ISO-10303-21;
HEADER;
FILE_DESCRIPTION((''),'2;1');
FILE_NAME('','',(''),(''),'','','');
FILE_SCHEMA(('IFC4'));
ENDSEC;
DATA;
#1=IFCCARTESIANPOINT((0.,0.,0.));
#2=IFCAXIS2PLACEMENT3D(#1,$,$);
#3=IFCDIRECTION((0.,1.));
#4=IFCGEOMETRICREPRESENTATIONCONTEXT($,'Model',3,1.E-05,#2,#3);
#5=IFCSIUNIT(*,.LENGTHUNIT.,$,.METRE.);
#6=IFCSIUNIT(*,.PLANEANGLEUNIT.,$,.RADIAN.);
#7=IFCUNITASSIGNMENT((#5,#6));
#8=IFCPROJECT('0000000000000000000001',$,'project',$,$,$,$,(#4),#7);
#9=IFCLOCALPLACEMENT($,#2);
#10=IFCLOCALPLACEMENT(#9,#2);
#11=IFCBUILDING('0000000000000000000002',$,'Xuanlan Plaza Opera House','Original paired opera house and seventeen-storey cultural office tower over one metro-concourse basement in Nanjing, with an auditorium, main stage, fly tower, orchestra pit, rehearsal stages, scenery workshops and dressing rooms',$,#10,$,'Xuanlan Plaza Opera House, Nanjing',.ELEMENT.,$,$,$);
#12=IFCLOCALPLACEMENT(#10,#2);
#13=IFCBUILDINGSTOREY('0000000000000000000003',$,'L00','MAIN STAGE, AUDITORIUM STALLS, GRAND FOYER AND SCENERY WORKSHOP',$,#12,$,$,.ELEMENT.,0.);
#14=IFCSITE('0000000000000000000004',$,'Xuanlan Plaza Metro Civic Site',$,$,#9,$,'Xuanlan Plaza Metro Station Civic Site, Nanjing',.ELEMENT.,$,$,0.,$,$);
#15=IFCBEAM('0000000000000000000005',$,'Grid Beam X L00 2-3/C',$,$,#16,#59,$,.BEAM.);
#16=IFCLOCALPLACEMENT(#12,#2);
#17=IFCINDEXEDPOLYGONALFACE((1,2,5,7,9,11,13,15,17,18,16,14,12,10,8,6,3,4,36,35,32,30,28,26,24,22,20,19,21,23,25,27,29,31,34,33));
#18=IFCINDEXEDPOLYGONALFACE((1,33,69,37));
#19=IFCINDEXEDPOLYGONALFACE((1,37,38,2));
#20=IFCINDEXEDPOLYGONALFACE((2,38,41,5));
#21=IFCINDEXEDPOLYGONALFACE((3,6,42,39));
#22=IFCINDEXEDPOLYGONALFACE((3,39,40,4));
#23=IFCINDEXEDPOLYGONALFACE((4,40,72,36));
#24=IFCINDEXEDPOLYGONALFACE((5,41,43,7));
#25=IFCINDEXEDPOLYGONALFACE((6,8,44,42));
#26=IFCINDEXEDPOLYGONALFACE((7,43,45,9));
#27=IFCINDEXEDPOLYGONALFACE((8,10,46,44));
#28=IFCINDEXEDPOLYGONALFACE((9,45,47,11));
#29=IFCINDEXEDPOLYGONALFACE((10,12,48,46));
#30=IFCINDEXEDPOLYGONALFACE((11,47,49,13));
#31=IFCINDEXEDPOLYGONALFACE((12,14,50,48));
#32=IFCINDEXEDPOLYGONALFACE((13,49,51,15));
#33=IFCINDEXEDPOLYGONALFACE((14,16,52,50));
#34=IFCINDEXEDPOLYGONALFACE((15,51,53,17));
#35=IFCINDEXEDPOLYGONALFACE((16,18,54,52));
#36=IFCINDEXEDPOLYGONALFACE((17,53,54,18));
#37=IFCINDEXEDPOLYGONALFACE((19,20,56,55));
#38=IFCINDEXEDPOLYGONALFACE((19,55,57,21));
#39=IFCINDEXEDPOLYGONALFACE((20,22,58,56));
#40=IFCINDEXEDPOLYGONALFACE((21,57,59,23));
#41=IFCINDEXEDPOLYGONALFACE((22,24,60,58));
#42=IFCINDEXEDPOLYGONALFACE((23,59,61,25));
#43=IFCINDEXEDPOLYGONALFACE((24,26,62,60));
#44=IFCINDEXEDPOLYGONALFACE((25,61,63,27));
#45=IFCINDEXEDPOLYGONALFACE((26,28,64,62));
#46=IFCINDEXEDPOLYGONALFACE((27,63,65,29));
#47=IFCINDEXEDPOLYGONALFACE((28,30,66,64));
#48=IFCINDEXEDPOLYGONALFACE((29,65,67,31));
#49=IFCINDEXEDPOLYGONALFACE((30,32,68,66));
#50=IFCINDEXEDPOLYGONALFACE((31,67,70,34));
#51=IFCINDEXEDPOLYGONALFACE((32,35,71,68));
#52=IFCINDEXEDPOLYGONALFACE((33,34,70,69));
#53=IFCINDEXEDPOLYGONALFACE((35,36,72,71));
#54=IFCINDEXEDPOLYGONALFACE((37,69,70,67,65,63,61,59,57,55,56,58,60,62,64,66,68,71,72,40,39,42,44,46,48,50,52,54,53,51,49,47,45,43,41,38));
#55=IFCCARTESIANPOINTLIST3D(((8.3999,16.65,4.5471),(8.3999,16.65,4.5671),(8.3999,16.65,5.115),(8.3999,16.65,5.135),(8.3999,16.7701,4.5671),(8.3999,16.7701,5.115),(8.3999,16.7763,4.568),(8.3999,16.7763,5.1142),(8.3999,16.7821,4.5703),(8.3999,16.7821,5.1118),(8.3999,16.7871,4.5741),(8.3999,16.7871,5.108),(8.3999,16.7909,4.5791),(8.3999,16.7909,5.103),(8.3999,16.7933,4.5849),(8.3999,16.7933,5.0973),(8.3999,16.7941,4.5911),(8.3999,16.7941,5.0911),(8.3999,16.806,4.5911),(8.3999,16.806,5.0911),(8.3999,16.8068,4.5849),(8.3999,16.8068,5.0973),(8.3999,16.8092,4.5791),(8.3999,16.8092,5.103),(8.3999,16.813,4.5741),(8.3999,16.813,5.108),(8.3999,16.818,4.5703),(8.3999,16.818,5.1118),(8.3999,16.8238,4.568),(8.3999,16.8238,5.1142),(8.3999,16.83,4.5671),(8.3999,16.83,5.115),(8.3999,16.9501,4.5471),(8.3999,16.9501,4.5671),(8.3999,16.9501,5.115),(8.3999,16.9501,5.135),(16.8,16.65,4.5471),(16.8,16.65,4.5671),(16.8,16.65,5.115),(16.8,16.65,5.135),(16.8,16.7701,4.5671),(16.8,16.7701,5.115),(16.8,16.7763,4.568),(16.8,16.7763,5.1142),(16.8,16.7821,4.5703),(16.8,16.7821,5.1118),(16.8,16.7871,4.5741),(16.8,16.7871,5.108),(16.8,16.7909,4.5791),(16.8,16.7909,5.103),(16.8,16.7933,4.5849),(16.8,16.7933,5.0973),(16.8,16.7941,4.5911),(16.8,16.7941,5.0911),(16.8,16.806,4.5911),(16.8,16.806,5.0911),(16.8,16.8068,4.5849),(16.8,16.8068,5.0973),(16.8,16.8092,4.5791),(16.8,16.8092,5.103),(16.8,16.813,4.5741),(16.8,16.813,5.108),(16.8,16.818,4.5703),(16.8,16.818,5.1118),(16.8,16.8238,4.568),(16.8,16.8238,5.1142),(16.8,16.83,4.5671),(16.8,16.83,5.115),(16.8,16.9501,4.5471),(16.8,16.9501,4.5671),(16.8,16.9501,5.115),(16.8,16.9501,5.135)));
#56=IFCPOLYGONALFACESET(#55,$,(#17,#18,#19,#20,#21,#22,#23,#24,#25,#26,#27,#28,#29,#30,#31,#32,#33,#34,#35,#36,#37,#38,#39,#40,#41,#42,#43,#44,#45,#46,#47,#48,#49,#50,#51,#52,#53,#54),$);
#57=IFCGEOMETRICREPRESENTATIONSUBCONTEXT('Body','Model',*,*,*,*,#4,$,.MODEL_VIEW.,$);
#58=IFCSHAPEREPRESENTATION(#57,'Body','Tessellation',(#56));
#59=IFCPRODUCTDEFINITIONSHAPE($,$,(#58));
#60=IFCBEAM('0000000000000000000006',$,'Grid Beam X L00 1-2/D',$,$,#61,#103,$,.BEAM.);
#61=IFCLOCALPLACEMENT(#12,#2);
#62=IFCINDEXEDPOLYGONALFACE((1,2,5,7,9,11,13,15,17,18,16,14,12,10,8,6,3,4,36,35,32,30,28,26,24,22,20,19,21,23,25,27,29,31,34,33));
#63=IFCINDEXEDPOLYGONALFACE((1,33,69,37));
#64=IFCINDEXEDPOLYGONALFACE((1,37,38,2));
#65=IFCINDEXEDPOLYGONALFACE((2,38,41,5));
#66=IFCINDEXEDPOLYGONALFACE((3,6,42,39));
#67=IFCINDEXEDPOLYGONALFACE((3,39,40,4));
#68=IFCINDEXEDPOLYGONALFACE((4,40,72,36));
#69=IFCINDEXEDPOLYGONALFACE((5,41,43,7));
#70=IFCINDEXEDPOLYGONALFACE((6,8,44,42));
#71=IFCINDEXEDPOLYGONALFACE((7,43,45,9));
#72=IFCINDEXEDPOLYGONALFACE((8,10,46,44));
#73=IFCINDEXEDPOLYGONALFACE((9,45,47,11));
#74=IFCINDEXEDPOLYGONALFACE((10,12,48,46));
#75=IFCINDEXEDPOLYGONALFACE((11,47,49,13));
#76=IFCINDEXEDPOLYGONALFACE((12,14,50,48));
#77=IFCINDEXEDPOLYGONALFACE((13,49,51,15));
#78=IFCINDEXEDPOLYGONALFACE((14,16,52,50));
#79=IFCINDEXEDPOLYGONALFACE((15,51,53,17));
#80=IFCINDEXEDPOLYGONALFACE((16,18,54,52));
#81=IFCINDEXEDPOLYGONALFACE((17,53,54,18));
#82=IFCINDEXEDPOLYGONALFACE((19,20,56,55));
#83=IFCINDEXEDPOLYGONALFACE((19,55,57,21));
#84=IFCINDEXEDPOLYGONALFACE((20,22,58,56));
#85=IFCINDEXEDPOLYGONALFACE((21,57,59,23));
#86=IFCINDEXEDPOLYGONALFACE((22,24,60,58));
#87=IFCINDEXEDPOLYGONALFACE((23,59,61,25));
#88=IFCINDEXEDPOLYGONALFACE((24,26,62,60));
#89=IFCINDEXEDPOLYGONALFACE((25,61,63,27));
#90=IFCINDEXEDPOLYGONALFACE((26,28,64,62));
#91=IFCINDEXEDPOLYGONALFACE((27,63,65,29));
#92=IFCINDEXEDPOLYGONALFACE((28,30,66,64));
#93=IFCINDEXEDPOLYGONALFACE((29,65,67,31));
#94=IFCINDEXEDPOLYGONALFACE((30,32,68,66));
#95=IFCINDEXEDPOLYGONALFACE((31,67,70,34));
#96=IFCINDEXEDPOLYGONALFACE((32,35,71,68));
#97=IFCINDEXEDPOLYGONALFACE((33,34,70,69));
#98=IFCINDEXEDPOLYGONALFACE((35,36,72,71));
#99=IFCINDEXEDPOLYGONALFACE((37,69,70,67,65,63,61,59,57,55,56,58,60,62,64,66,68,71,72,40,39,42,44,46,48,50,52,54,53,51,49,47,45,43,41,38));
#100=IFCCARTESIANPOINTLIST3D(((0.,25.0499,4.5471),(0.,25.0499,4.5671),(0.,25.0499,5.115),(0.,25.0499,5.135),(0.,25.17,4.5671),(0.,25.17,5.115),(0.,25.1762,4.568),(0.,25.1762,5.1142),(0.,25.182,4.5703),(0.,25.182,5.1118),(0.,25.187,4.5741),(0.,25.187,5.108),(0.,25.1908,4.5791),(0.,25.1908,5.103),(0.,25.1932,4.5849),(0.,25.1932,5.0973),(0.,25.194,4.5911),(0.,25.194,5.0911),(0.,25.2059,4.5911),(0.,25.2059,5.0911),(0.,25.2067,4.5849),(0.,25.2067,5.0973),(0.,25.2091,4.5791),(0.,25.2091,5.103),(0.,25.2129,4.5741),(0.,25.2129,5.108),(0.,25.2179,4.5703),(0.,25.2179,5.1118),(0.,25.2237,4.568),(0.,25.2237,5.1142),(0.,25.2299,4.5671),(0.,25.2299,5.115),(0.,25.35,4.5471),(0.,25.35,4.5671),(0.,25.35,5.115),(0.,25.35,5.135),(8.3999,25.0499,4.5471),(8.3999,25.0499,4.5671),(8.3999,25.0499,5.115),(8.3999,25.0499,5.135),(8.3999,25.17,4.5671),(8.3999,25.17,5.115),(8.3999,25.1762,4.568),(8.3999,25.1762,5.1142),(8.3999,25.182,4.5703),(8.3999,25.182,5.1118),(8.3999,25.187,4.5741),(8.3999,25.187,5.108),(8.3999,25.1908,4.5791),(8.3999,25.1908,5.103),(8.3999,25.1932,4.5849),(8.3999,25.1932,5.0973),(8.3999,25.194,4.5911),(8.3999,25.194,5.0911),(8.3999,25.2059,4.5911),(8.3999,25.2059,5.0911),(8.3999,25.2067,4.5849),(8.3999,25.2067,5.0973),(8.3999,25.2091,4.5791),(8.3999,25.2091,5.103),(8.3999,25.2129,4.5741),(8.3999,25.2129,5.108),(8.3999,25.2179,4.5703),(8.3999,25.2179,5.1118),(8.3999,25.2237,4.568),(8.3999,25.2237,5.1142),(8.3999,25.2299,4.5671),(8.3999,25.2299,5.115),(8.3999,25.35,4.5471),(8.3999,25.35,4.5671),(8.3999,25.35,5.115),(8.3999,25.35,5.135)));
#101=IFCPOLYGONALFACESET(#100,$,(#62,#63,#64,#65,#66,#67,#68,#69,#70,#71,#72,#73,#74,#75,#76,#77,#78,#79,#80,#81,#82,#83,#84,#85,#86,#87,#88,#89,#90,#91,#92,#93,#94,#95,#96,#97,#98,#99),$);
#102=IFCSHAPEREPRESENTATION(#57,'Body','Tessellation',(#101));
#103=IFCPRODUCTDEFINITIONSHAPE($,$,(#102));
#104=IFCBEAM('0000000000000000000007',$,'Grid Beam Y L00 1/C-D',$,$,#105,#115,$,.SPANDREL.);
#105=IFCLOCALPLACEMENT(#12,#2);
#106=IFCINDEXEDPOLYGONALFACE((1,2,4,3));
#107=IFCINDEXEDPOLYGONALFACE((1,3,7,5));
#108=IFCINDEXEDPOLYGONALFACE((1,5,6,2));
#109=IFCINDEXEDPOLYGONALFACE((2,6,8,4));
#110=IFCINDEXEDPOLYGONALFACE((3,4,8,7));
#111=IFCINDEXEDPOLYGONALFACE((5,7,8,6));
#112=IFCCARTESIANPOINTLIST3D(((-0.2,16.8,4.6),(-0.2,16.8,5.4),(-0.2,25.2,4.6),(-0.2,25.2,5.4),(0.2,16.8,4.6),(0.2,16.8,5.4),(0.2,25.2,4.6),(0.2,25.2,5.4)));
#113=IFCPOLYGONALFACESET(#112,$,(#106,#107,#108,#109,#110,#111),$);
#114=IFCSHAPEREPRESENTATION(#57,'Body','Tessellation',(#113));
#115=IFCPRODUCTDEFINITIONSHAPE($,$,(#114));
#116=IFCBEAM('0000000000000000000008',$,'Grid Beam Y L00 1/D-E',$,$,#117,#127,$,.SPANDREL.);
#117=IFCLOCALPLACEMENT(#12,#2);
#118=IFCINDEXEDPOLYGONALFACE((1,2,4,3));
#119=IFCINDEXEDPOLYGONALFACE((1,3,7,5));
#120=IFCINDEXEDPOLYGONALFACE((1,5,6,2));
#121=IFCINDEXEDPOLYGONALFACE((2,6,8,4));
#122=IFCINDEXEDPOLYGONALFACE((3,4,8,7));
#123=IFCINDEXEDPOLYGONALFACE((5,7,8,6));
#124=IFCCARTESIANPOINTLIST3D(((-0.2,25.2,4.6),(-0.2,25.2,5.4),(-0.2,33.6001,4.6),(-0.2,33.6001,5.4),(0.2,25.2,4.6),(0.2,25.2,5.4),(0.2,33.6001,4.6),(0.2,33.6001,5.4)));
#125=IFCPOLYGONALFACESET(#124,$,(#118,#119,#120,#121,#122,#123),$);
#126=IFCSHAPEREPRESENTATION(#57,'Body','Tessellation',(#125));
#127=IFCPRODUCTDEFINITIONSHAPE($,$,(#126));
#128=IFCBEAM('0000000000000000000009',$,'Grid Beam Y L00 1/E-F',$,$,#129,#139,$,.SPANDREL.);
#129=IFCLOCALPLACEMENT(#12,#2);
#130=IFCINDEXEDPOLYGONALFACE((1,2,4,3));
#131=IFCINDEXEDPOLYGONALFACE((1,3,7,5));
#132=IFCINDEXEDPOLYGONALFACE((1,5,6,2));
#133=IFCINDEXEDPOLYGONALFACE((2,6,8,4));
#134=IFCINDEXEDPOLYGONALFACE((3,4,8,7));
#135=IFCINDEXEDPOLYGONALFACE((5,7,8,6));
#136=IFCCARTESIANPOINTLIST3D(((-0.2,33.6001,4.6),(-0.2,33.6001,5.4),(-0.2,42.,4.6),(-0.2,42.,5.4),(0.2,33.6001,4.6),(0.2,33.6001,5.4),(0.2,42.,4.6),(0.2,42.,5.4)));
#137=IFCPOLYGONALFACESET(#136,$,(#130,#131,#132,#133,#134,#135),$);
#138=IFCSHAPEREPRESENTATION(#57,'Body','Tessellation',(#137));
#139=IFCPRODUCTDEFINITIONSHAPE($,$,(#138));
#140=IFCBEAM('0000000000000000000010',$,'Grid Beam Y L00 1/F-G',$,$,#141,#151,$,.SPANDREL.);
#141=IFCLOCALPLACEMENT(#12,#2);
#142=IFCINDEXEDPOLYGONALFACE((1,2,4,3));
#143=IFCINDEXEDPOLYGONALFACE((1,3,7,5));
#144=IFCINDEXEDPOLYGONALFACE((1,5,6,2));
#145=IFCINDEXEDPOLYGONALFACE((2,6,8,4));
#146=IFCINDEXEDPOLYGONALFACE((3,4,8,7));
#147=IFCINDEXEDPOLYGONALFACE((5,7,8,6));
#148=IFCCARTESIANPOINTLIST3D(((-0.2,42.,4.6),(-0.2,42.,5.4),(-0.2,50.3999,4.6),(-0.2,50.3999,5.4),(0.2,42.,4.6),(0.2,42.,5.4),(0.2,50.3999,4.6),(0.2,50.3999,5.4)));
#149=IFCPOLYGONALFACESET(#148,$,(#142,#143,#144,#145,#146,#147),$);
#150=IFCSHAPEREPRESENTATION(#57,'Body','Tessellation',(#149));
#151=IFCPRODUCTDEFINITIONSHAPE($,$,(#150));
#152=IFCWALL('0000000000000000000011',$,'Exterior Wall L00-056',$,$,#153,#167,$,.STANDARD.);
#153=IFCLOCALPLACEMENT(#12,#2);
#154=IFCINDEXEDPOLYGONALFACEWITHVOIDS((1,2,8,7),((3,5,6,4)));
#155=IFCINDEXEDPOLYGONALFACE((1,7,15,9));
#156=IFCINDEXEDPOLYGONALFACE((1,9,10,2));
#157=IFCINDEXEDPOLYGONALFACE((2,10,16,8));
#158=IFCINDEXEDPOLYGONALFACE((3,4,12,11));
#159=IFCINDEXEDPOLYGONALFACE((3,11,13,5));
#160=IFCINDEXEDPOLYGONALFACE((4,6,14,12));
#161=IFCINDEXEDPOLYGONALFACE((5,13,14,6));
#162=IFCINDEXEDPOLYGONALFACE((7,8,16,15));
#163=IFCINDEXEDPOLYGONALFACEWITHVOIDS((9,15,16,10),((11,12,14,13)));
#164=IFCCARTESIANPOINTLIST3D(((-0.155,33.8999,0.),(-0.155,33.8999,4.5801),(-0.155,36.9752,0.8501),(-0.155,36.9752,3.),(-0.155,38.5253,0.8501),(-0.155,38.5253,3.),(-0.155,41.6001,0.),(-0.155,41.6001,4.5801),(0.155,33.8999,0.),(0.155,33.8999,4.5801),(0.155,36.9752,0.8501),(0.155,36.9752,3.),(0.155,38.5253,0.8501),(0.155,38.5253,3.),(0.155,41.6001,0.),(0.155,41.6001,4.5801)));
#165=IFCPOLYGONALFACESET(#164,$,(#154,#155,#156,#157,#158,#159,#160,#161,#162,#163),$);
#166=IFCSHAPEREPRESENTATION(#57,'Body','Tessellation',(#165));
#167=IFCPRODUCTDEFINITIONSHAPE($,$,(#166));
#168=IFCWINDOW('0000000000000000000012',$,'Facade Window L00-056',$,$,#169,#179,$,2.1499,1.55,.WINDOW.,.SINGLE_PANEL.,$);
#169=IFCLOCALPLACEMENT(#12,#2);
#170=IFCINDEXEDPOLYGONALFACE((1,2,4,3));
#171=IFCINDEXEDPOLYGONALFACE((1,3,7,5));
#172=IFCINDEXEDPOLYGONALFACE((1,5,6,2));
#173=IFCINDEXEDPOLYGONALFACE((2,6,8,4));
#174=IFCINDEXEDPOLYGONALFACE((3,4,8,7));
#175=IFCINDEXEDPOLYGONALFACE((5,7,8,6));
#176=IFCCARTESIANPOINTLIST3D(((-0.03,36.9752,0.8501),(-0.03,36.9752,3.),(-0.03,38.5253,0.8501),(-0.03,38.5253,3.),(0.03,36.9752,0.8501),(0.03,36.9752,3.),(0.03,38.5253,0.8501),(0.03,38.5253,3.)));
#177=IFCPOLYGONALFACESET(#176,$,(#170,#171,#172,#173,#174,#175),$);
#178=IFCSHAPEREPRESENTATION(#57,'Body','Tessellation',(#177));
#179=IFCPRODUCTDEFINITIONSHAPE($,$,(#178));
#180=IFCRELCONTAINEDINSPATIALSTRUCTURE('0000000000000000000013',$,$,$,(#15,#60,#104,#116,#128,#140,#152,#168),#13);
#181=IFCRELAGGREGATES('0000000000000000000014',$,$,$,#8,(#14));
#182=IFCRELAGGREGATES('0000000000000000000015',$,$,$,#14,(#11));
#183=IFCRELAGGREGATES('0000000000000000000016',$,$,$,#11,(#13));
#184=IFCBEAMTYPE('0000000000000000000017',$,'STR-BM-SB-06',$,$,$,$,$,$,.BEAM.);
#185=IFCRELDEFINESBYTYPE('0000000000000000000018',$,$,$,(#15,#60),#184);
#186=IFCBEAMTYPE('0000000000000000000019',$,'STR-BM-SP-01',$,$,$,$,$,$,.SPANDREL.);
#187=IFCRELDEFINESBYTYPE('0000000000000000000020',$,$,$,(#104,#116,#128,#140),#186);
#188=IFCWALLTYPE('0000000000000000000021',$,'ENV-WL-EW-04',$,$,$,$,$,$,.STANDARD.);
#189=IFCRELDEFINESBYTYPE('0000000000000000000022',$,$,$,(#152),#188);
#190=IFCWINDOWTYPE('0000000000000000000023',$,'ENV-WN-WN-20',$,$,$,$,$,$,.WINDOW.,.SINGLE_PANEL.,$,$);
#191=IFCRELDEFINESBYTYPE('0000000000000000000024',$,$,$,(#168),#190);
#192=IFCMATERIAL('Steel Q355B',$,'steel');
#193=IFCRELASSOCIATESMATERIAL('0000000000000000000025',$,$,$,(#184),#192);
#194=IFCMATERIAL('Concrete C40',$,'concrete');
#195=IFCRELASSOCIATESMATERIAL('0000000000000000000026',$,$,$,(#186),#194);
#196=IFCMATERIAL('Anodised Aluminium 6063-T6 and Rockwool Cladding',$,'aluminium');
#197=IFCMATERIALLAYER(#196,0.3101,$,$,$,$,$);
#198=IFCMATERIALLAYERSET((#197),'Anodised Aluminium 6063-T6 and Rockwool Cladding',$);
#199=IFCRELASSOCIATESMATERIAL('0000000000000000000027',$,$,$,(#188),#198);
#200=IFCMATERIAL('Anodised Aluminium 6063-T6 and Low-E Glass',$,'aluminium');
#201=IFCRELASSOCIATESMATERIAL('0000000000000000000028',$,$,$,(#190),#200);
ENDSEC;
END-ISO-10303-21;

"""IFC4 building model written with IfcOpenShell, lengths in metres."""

from ifc_helpers import new_model, si_unit, direction, frame, frame_2d, origin, origin_2d, place, context, subcontext, project, spatial, rectangle, i_section, extrude, material, layer, layer_set, material_profile, profile_set, type_object, element, fill, save


model = new_model("IFC4")

# Units and contexts
model_context = context("Model", 3, precision=1e-05, world=origin(), true_north=direction((0.0, 1.0)))
body_context = subcontext(model_context, "Body", "Model", "MODEL_VIEW")
ifc_project = project(units=[si_unit("LENGTHUNIT", "METRE"), si_unit("PLANEANGLEUNIT", "RADIAN")], contexts=[model_context])

# Site, building, storey
site_placement = place(None, origin())
site = spatial("IfcSite", under=ifc_project, at=site_placement, Name="Xuanlan Plaza Metro Civic Site", LongName="Xuanlan Plaza Metro Station Civic Site, Nanjing", CompositionType="ELEMENT", RefElevation=0.0)
building_placement = place(site_placement, origin())
building = spatial("IfcBuilding", under=site, at=building_placement, Name="Xuanlan Plaza Opera House", Description="Original paired opera house and seventeen-storey cultural office tower over one metro-concourse basement in Nanjing, with an auditorium, main stage, fly tower, orchestra pit, rehearsal stages, scenery workshops and dressing rooms", LongName="Xuanlan Plaza Opera House, Nanjing", CompositionType="ELEMENT")
storey_placement = place(building_placement, origin())
storey = spatial("IfcBuildingStorey", under=building, at=storey_placement, Name="L00", Description="MAIN STAGE, AUDITORIUM STALLS, GRAND FOYER AND SCENERY WORKSHOP", CompositionType="ELEMENT", Elevation=0.0)

# Shared definitions
ifc_material_1 = material(Name="Concrete C40", Category="concrete")

# Shared definitions
ifc_material_2 = material(Name="Anodised Aluminium 6063-T6 and Low-E Glass", Category="aluminium")

# Beams
ifc_material_3 = material(Name="Steel Q355B", Category="steel")
ifc_material_profile_1 = material_profile(ifc_material_3, i_section(OverallWidth=0.3, OverallDepth=0.5879, WebThickness=0.012, FlangeThickness=0.02, FilletRadius=0.0239, at=origin_2d()), Name="HM 588x300x12x20")
ifc_profile_set_1 = profile_set([ifc_material_profile_1], Name="Steel Q355B")
beam_type_1 = type_object("IfcBeamType", Name="STR-BM-SB-06", PredefinedType="BEAM", material=ifc_profile_set_1)
beam_1_placement = place(storey_placement, frame((8.3999, 16.8, 4.8411), z_axis=(1.0, 0.0, 0.0), x_axis=(0.0, 1.0, 0.0)))
element("IfcBeam", 1, at=beam_1_placement, inside=storey, type_object=beam_type_1, Name="Grid Beam X L00 2-3/C", PredefinedType="BEAM", context=body_context, shape_type="SweptSolid", body=[
    extrude(i_section(OverallWidth=0.3, OverallDepth=0.5879, WebThickness=0.012, FlangeThickness=0.02, FilletRadius=0.0239, at=origin_2d()), origin(), (0.0, 0.0, 1.0), 8.4001),
])
beam_2_placement = place(storey_placement, frame((0.0, 25.2, 4.8411), z_axis=(1.0, 0.0, 0.0), x_axis=(0.0, 1.0, 0.0)))
element("IfcBeam", 2, at=beam_2_placement, inside=storey, type_object=beam_type_1, Name="Grid Beam X L00 1-2/D", PredefinedType="BEAM", context=body_context, shape_type="SweptSolid", body=[
    extrude(i_section(OverallWidth=0.3, OverallDepth=0.5879, WebThickness=0.012, FlangeThickness=0.02, FilletRadius=0.0239, at=origin_2d()), origin(), (0.0, 0.0, 1.0), 8.3999),
])
ifc_material_profile_2 = material_profile(ifc_material_1, rectangle(XDim=0.3999, YDim=0.8, at=origin_2d()), Name="RC-SPD 400x800")
ifc_profile_set_2 = profile_set([ifc_material_profile_2], Name="Concrete C40")
beam_type_2 = type_object("IfcBeamType", Name="STR-BM-SP-01", PredefinedType="SPANDREL", material=ifc_profile_set_2)
beam_3_placement = place(storey_placement, frame((0.0, 16.8, 5.0), z_axis=(0.0, 1.0, 0.0), x_axis=(-1.0, 0.0, 0.0)))
element("IfcBeam", 3, at=beam_3_placement, inside=storey, type_object=beam_type_2, Name="Grid Beam Y L00 1/C-D", PredefinedType="SPANDREL", context=body_context, shape_type="SweptSolid", body=[
    extrude(rectangle(XDim=0.3999, YDim=0.8, at=origin_2d()), origin(), (0.0, 0.0, 1.0), 8.3999),
])
beam_4_placement = place(storey_placement, frame((0.0, 25.2, 5.0), z_axis=(0.0, 1.0, 0.0), x_axis=(-1.0, 0.0, 0.0)))
element("IfcBeam", 4, at=beam_4_placement, inside=storey, type_object=beam_type_2, Name="Grid Beam Y L00 1/D-E", PredefinedType="SPANDREL", context=body_context, shape_type="SweptSolid", body=[
    extrude(rectangle(XDim=0.3999, YDim=0.8, at=origin_2d()), origin(), (0.0, 0.0, 1.0), 8.4001),
])
for number, where, z_axis, x_axis, name in (
    (5, (0.0, 33.6001, 5.0), (0.0, 1.0, 0.0), (-1.0, 0.0, 0.0), "Grid Beam Y L00 1/E-F"),
    (6, (0.0, 42.0, 5.0), (0.0, 1.0, 0.0), (-1.0, 0.0, 0.0), "Grid Beam Y L00 1/F-G"),
):
    element("IfcBeam", number, at=place(storey_placement, frame(where, z_axis=z_axis, x_axis=x_axis)), inside=storey, type_object=beam_type_2, Name=name, PredefinedType="SPANDREL", context=body_context, shape_type="SweptSolid", body=[
        extrude(rectangle(XDim=0.3999, YDim=0.8, at=origin_2d()), origin(), (0.0, 0.0, 1.0), 8.3999),
    ])

# Wall, opening, window
ifc_material_4 = material(Name="Anodised Aluminium 6063-T6 and Rockwool Cladding", Category="aluminium")
ifc_layer_1 = layer(ifc_material_4, 0.3101)
ifc_layer_set_1 = layer_set([ifc_layer_1], Name="Anodised Aluminium 6063-T6 and Rockwool Cladding")
wall_type_1 = type_object("IfcWallType", Name="ENV-WL-EW-04", PredefinedType="STANDARD", material=ifc_layer_set_1)
wall_1_placement = place(storey_placement, frame((0.0, 41.6001, 0.0), z_axis=(0.0, 0.0, 1.0), x_axis=(0.0, -1.0, 0.0)))
wall_1 = element("IfcWall", 7, at=wall_1_placement, inside=storey, type_object=wall_type_1, Name="Exterior Wall L00-056", PredefinedType="STANDARD", context=body_context, shape_type="SweptSolid", body=[
    extrude(rectangle(XDim=7.7002, YDim=0.3101, at=frame_2d((3.8501, 0.0))), origin(), (0.0, 0.0, 1.0), 4.5801),
])
opening_1_placement = place(wall_1_placement, frame((3.075, 0.0, 0.8501)))
opening_1 = element("IfcOpeningElement", 8, at=opening_1_placement, cuts=wall_1, PredefinedType="OPENING", context=body_context, shape_type="SweptSolid", body=[
    extrude(rectangle(XDim=1.55, YDim=2.1499, at=frame_2d((0.7749, 1.075))), frame((0.0, 0.165, 0.0), z_axis=(0.0, -1.0, 0.0), x_axis=(1.0, 0.0, 0.0)), (0.0, 0.0, 1.0), 0.3301),
])
window_type_1 = type_object("IfcWindowType", Name="ENV-WN-WN-20", PartitioningType="SINGLE_PANEL", PredefinedType="WINDOW", material=ifc_material_2)
window_1_placement = place(opening_1_placement, origin())
window_1 = element("IfcWindow", 9, at=window_1_placement, inside=storey, type_object=window_type_1, Name="Facade Window L00-056", OverallHeight=2.1499, OverallWidth=1.55, PartitioningType="SINGLE_PANEL", PredefinedType="WINDOW", context=body_context, shape_type="SweptSolid", body=[
    extrude(rectangle(XDim=1.55, YDim=2.1499, at=frame_2d((0.7749, 1.075))), frame((0.0, 0.03, 0.0), z_axis=(0.0, -1.0, 0.0), x_axis=(1.0, 0.0, 0.0)), (0.0, 0.0, 1.0), 0.0601),
])
fill(opening_1, window_1)

save(model, "model.ifc")
